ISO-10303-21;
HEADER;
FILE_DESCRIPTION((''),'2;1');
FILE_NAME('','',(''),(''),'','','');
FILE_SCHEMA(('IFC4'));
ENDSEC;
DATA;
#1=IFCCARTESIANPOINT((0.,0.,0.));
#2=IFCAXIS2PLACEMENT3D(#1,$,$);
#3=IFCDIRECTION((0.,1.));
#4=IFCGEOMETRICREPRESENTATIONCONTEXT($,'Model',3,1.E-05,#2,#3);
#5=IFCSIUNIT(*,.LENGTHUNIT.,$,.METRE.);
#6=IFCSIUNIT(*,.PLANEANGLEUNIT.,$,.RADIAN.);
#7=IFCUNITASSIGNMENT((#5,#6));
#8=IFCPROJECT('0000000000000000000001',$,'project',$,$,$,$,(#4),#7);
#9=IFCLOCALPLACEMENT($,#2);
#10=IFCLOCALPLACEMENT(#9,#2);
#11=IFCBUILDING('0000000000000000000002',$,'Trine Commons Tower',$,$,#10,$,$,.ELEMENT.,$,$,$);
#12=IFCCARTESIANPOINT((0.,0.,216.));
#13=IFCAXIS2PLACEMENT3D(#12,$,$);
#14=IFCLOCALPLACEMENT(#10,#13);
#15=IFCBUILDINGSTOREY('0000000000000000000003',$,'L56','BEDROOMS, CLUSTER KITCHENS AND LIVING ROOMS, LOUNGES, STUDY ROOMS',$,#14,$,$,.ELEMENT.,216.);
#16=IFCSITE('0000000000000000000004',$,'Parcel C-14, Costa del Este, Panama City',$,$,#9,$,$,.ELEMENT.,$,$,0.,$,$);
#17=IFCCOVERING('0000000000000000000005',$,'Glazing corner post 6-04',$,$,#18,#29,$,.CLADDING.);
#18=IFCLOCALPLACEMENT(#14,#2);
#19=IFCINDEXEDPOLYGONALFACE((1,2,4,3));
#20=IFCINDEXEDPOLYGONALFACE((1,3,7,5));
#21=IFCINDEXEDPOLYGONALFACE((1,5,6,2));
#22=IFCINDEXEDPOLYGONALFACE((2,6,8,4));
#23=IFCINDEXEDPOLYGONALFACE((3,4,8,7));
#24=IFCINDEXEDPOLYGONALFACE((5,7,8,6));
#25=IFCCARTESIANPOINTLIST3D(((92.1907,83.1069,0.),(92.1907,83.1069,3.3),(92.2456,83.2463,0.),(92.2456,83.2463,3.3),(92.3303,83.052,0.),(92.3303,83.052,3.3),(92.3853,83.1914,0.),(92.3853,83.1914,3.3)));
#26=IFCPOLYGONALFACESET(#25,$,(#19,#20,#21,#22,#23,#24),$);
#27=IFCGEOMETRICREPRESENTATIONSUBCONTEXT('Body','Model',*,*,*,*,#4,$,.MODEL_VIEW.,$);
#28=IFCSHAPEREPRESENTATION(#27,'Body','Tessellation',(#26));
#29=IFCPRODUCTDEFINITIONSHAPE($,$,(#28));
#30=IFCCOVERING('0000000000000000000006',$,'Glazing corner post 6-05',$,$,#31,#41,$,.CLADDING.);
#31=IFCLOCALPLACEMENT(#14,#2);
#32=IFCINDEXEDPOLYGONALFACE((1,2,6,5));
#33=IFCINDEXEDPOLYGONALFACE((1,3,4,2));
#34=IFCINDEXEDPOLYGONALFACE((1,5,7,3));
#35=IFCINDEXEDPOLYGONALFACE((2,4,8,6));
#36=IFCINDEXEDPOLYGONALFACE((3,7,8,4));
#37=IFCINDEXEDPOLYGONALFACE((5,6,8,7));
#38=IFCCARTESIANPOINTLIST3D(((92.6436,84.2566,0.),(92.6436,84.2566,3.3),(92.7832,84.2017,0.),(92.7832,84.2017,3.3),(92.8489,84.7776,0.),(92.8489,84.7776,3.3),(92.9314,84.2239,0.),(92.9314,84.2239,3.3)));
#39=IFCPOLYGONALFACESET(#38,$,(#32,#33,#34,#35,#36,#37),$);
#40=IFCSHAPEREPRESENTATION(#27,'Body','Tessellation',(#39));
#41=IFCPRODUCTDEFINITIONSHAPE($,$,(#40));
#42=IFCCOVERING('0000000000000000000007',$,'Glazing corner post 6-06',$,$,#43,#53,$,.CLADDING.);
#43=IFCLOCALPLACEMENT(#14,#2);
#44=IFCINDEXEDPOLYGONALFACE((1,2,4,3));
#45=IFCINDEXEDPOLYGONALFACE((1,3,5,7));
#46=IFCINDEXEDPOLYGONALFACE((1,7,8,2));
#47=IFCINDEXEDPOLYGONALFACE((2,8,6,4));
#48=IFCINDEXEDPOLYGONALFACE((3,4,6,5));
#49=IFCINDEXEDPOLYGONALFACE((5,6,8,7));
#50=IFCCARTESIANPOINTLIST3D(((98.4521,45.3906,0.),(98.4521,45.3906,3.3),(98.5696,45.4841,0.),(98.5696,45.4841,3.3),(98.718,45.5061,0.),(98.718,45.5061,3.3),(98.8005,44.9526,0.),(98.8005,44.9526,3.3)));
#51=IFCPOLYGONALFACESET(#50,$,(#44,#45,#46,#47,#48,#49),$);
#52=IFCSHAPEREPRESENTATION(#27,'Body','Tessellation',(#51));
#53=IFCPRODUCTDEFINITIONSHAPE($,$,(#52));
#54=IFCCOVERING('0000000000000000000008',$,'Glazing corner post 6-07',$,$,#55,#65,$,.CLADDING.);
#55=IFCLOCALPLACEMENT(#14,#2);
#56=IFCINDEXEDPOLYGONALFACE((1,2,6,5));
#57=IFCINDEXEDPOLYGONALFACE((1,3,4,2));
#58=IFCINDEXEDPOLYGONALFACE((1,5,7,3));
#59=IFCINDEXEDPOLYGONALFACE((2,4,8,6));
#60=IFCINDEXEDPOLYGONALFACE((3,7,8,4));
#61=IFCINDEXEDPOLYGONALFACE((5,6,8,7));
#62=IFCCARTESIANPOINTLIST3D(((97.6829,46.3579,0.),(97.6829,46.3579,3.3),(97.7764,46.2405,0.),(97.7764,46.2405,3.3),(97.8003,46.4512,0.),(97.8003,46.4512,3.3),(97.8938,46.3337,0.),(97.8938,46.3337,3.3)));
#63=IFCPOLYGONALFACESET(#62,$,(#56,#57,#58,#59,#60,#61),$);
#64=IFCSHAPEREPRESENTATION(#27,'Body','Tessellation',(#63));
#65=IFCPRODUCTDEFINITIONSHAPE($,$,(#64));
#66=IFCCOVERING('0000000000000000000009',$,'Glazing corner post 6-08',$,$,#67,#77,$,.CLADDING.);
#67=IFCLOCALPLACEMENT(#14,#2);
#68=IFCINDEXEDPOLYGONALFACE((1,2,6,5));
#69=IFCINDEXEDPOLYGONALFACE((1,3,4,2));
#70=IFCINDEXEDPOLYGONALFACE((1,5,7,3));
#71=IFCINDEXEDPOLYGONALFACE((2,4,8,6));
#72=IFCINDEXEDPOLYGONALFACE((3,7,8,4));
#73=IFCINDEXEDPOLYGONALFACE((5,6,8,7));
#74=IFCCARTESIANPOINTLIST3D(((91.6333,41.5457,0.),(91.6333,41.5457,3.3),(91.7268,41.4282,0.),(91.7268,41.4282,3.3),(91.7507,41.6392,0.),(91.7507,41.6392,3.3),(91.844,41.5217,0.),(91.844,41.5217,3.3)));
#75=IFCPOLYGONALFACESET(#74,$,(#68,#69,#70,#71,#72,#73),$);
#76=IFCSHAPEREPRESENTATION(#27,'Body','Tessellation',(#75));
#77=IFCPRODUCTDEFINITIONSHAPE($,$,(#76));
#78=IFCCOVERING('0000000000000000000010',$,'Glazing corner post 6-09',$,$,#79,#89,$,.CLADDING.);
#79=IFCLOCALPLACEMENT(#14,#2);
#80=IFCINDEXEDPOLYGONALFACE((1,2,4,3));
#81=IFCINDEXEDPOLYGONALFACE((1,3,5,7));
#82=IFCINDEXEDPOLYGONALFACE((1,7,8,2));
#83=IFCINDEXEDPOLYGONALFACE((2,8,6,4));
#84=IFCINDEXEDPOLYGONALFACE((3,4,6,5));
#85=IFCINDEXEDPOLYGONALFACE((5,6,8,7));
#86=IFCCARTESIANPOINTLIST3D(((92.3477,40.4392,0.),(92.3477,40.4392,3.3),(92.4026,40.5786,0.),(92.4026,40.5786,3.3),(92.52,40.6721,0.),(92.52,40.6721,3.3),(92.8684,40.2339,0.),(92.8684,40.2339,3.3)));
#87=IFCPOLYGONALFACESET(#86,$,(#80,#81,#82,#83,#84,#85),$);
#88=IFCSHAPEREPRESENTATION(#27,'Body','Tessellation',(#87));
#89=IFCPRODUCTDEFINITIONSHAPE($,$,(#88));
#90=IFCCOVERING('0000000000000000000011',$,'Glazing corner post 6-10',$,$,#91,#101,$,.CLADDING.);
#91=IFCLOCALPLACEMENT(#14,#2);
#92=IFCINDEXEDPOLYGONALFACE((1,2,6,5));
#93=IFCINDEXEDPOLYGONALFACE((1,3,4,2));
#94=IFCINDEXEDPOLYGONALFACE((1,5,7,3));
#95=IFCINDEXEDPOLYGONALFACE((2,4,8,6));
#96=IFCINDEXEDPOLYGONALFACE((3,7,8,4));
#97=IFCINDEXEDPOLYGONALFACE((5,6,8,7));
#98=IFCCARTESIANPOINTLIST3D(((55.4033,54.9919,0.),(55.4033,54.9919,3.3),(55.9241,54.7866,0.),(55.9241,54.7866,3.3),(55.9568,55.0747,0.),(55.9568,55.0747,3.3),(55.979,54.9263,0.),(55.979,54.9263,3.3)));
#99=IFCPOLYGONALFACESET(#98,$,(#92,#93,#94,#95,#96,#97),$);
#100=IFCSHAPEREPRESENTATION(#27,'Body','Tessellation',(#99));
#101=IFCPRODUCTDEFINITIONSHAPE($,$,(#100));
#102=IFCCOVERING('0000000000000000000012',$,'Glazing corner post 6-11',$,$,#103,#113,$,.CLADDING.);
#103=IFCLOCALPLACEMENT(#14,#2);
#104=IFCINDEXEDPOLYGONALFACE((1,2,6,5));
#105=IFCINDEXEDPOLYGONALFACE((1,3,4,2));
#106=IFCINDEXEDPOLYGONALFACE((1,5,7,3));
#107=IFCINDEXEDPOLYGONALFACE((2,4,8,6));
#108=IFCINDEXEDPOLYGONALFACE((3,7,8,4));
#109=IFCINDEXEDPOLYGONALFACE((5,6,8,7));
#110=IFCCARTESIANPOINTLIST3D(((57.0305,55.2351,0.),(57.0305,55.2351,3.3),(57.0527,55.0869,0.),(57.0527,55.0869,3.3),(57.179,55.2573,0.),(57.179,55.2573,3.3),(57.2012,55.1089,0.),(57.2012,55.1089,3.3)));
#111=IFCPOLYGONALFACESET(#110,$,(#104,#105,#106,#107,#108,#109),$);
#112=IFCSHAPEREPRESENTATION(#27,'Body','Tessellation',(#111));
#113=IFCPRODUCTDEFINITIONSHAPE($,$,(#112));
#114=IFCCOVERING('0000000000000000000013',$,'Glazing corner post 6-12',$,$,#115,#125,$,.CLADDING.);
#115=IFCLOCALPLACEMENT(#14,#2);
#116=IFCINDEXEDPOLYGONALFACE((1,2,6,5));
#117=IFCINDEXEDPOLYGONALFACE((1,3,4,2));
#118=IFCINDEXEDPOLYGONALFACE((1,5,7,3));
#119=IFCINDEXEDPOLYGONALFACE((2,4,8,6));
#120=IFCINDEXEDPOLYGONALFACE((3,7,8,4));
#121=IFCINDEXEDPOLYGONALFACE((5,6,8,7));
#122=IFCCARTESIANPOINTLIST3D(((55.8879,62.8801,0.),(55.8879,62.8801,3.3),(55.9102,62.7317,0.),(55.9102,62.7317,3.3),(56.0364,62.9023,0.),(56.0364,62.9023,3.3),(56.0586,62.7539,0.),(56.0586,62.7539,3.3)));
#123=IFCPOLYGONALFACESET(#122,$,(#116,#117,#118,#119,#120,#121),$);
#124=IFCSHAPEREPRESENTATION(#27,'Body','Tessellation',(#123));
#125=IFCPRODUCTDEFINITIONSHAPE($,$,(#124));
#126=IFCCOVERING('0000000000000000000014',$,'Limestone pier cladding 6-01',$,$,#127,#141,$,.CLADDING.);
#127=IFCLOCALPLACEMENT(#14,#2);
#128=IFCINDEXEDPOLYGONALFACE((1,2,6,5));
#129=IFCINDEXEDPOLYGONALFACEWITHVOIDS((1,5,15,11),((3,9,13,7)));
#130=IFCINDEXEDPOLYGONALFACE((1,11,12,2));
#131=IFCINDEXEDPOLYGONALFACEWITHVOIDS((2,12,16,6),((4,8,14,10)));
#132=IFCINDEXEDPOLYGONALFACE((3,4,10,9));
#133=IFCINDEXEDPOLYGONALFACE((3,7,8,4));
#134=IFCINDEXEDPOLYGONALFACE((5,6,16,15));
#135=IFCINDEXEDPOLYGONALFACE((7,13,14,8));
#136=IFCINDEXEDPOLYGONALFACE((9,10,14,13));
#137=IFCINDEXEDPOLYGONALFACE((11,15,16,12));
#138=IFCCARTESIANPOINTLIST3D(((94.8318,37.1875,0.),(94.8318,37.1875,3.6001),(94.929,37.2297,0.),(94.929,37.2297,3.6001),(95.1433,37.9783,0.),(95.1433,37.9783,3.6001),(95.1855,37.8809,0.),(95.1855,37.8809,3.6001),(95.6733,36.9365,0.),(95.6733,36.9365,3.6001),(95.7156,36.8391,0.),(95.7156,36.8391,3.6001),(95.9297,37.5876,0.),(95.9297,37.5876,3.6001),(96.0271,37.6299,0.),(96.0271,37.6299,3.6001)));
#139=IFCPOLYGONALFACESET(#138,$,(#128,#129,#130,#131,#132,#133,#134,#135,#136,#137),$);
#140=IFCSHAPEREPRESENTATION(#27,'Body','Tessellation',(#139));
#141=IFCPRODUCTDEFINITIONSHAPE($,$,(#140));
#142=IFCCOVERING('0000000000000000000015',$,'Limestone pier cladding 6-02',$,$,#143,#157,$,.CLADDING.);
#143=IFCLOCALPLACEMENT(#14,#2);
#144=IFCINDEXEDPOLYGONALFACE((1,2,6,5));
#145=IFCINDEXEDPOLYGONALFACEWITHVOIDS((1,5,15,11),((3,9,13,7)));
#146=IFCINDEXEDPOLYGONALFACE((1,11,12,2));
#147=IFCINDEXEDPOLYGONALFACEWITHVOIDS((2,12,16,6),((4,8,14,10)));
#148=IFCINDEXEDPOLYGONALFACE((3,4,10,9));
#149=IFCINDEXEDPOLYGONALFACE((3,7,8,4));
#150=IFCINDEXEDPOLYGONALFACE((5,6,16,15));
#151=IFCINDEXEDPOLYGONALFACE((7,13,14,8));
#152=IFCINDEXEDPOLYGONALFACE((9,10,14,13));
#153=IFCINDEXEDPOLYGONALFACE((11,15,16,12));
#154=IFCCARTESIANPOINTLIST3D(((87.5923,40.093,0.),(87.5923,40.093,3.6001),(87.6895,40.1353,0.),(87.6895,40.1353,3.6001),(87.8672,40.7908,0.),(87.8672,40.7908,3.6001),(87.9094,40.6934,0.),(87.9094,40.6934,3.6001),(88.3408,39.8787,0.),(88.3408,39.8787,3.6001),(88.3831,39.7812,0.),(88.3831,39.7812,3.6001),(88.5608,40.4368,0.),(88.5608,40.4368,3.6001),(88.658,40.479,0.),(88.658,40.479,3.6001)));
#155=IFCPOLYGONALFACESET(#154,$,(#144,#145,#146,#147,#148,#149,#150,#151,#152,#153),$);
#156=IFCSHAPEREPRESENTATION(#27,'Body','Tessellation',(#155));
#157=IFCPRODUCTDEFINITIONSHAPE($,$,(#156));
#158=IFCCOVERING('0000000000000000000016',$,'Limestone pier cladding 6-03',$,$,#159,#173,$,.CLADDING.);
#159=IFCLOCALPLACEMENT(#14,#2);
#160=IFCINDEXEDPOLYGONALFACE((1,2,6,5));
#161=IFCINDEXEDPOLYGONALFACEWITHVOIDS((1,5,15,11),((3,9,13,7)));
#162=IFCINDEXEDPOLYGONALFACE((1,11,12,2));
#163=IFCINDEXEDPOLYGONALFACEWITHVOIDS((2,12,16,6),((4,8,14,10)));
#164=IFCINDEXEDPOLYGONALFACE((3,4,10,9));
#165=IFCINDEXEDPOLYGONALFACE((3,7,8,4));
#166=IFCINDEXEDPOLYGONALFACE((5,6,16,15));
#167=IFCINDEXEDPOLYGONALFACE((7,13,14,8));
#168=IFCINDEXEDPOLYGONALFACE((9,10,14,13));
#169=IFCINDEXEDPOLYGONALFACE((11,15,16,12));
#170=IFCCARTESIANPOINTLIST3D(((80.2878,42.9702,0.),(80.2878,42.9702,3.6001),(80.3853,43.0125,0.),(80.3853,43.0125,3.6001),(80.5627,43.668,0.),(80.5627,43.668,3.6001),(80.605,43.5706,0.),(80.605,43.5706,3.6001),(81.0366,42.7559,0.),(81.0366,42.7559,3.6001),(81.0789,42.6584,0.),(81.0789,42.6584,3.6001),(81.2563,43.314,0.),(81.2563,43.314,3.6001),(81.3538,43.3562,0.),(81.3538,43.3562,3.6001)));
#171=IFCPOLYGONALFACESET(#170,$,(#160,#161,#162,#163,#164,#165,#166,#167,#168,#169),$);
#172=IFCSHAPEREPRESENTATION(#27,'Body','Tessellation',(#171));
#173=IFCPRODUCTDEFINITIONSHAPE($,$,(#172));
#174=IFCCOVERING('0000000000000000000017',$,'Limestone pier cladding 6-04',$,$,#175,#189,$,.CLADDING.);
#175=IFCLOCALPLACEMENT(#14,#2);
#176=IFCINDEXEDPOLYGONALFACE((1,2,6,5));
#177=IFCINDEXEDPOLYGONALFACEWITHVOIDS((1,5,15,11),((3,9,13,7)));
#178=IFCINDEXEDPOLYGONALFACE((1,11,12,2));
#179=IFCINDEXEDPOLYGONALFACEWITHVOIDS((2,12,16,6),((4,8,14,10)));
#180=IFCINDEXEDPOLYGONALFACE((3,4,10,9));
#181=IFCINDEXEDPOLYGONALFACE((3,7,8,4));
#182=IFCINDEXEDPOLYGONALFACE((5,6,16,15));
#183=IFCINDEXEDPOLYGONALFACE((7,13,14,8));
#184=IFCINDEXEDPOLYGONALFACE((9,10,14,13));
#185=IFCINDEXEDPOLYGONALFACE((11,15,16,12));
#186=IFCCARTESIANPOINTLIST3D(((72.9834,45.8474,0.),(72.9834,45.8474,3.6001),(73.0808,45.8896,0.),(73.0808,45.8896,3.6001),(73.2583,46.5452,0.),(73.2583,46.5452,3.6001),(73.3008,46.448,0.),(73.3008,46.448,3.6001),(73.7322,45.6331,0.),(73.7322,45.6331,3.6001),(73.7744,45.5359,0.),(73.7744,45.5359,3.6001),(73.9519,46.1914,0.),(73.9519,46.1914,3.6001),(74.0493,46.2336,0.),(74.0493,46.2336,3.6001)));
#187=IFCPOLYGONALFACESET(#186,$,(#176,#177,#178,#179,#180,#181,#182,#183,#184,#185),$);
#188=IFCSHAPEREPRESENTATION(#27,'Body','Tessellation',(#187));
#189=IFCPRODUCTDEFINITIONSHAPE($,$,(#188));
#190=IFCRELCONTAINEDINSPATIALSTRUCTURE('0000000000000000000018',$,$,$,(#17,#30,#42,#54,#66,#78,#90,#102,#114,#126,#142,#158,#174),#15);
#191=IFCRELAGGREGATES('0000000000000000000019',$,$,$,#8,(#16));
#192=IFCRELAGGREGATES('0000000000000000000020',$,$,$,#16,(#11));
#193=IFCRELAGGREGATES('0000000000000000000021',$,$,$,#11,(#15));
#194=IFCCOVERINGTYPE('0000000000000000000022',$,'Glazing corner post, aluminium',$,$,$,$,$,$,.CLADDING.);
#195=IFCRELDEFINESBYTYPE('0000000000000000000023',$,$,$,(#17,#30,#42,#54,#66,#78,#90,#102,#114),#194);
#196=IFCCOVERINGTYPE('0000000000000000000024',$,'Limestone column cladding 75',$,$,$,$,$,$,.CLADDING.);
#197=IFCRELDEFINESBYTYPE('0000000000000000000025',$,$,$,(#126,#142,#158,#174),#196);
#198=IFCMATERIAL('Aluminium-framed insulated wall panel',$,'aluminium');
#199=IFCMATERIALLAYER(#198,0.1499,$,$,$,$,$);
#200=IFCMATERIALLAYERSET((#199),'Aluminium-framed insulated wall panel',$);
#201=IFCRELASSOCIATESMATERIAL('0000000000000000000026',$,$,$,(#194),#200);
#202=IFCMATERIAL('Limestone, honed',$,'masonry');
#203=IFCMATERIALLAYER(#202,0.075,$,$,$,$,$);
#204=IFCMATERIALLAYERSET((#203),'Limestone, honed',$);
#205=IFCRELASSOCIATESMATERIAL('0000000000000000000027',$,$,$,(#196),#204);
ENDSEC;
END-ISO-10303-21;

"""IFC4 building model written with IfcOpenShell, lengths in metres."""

from ifc_helpers import new_model, si_unit, direction, frame, origin, place, context, subcontext, project, spatial, polyline, outline, extrude, material, layer, layer_set, type_object, element, save


model = new_model("IFC4")

# Units and contexts
model_context = context("Model", 3, precision=1e-05, world=origin(), true_north=direction((0.0, 1.0)))
body_context = subcontext(model_context, "Body", "Model", "MODEL_VIEW")
ifc_project = project(units=[si_unit("LENGTHUNIT", "METRE"), si_unit("PLANEANGLEUNIT", "RADIAN")], contexts=[model_context])

# Site, building, storey
site_placement = place(None, origin())
site = spatial("IfcSite", under=ifc_project, at=site_placement, Name="Parcel C-14, Costa del Este, Panama City", CompositionType="ELEMENT", RefElevation=0.0)
building_placement = place(site_placement, origin())
building = spatial("IfcBuilding", under=site, at=building_placement, Name="Trine Commons Tower", CompositionType="ELEMENT")
storey_placement = place(building_placement, frame((0.0, 0.0, 216.0)))
storey = spatial("IfcBuildingStorey", under=building, at=storey_placement, Name="L56", Description="BEDROOMS, CLUSTER KITCHENS AND LIVING ROOMS, LOUNGES, STUDY ROOMS", CompositionType="ELEMENT", Elevation=216.0)

# Coverings
ifc_material_1 = material(Name="Aluminium-framed insulated wall panel", Category="aluminium")
ifc_layer_1 = layer(ifc_material_1, 0.1499)
ifc_layer_set_1 = layer_set([ifc_layer_1], Name="Aluminium-framed insulated wall panel")
covering_type_1 = type_object("IfcCoveringType", Name="Glazing corner post, aluminium", PredefinedType="CLADDING", material=ifc_layer_set_1)
covering_1_placement = place(storey_placement, origin())
element("IfcCovering", 1, at=covering_1_placement, inside=storey, type_object=covering_type_1, Name="Glazing corner post 6-04", PredefinedType="CLADDING", context=body_context, shape_type="SweptSolid", body=[
    extrude(outline(polyline([(92.1907, 83.1069), (92.3303, 83.052), (92.3853, 83.1914), (92.2456, 83.2463), (92.1907, 83.1069)])), origin(), (0.0, 0.0, 1.0), 3.3),
])
covering_2_placement = place(storey_placement, origin())
element("IfcCovering", 2, at=covering_2_placement, inside=storey, type_object=covering_type_1, Name="Glazing corner post 6-05", PredefinedType="CLADDING", context=body_context, shape_type="SweptSolid", body=[
    extrude(outline(polyline([(92.6436, 84.2566), (92.7832, 84.2017), (92.9314, 84.2239), (92.8489, 84.7776), (92.6436, 84.2566)])), origin(), (0.0, 0.0, 1.0), 3.3),
])
covering_3_placement = place(storey_placement, origin())
element("IfcCovering", 3, at=covering_3_placement, inside=storey, type_object=covering_type_1, Name="Glazing corner post 6-06", PredefinedType="CLADDING", context=body_context, shape_type="SweptSolid", body=[
    extrude(outline(polyline([(98.4521, 45.3906), (98.8005, 44.9526), (98.718, 45.5061), (98.5696, 45.4841), (98.4521, 45.3906)])), origin(), (0.0, 0.0, 1.0), 3.3),
])
covering_4_placement = place(storey_placement, origin())
element("IfcCovering", 4, at=covering_4_placement, inside=storey, type_object=covering_type_1, Name="Glazing corner post 6-07", PredefinedType="CLADDING", context=body_context, shape_type="SweptSolid", body=[
    extrude(outline(polyline([(97.6829, 46.3579), (97.7764, 46.2405), (97.7764, 46.2405), (97.8938, 46.3337), (97.8003, 46.4512), (97.8003, 46.4512), (97.6829, 46.3579)])), origin(), (0.0, 0.0, 1.0), 3.3),
])
covering_5_placement = place(storey_placement, origin())
element("IfcCovering", 5, at=covering_5_placement, inside=storey, type_object=covering_type_1, Name="Glazing corner post 6-08", PredefinedType="CLADDING", context=body_context, shape_type="SweptSolid", body=[
    extrude(outline(polyline([(91.7268, 41.4282), (91.844, 41.5217), (91.7507, 41.6392), (91.6333, 41.5457), (91.7268, 41.4282)])), origin(), (0.0, 0.0, 1.0), 3.3),
])
covering_6_placement = place(storey_placement, origin())
element("IfcCovering", 6, at=covering_6_placement, inside=storey, type_object=covering_type_1, Name="Glazing corner post 6-09", PredefinedType="CLADDING", context=body_context, shape_type="SweptSolid", body=[
    extrude(outline(polyline([(92.3477, 40.4392), (92.8684, 40.2339), (92.52, 40.6721), (92.4026, 40.5786), (92.3477, 40.4392)])), origin(), (0.0, 0.0, 1.0), 3.3),
])
covering_7_placement = place(storey_placement, origin())
element("IfcCovering", 7, at=covering_7_placement, inside=storey, type_object=covering_type_1, Name="Glazing corner post 6-10", PredefinedType="CLADDING", context=body_context, shape_type="SweptSolid", body=[
    extrude(outline(polyline([(55.9241, 54.7866), (55.979, 54.9263), (55.9568, 55.0747), (55.4033, 54.9919), (55.9241, 54.7866)])), origin(), (0.0, 0.0, 1.0), 3.3),
])
covering_8_placement = place(storey_placement, origin())
element("IfcCovering", 8, at=covering_8_placement, inside=storey, type_object=covering_type_1, Name="Glazing corner post 6-11", PredefinedType="CLADDING", context=body_context, shape_type="SweptSolid", body=[
    extrude(outline(polyline([(57.0305, 55.2351), (57.0527, 55.0869), (57.2012, 55.1089), (57.179, 55.2573), (57.0305, 55.2351)])), origin(), (0.0, 0.0, 1.0), 3.3),
])
covering_9_placement = place(storey_placement, origin())
element("IfcCovering", 9, at=covering_9_placement, inside=storey, type_object=covering_type_1, Name="Glazing corner post 6-12", PredefinedType="CLADDING", context=body_context, shape_type="SweptSolid", body=[
    extrude(outline(polyline([(55.9102, 62.7317), (55.9102, 62.7317), (56.0586, 62.7539), (56.0364, 62.9023), (55.8879, 62.8801), (55.9102, 62.7317)])), origin(), (0.0, 0.0, 1.0), 3.3),
])
ifc_material_2 = material(Name="Limestone, honed", Category="masonry")
ifc_layer_2 = layer(ifc_material_2, 0.075)
ifc_layer_set_2 = layer_set([ifc_layer_2], Name="Limestone, honed")
covering_type_2 = type_object("IfcCoveringType", Name="Limestone column cladding 75", PredefinedType="CLADDING", material=ifc_layer_set_2)
covering_10_placement = place(storey_placement, origin())
element("IfcCovering", 10, at=covering_10_placement, inside=storey, type_object=covering_type_2, Name="Limestone pier cladding 6-01", PredefinedType="CLADDING", context=body_context, shape_type="SweptSolid", body=[
    extrude(outline(polyline([(95.1433, 37.9783), (94.8318, 37.1875), (95.7156, 36.8391), (96.0271, 37.6299), (95.1433, 37.9783)]), holes=[polyline([(95.1855, 37.8809), (94.929, 37.2297), (95.6733, 36.9365), (95.9297, 37.5876), (95.1855, 37.8809)])]), origin(), (0.0, 0.0, 1.0), 3.6001),
])
covering_11_placement = place(storey_placement, origin())
element("IfcCovering", 11, at=covering_11_placement, inside=storey, type_object=covering_type_2, Name="Limestone pier cladding 6-02", PredefinedType="CLADDING", context=body_context, shape_type="SweptSolid", body=[
    extrude(outline(polyline([(87.8672, 40.7908), (87.5923, 40.093), (88.3831, 39.7812), (88.658, 40.479), (87.8672, 40.7908)]), holes=[polyline([(87.9094, 40.6934), (87.6895, 40.1353), (88.3408, 39.8787), (88.5608, 40.4368), (87.9094, 40.6934)])]), origin(), (0.0, 0.0, 1.0), 3.6001),
])
covering_12_placement = place(storey_placement, origin())
element("IfcCovering", 12, at=covering_12_placement, inside=storey, type_object=covering_type_2, Name="Limestone pier cladding 6-03", PredefinedType="CLADDING", context=body_context, shape_type="SweptSolid", body=[
    extrude(outline(polyline([(80.5627, 43.668), (80.2878, 42.9702), (81.0789, 42.6584), (81.3538, 43.3562), (80.5627, 43.668)]), holes=[polyline([(80.605, 43.5706), (80.3853, 43.0125), (81.0366, 42.7559), (81.2563, 43.314), (80.605, 43.5706)])]), origin(), (0.0, 0.0, 1.0), 3.6001),
])
covering_13_placement = place(storey_placement, origin())
element("IfcCovering", 13, at=covering_13_placement, inside=storey, type_object=covering_type_2, Name="Limestone pier cladding 6-04", PredefinedType="CLADDING", context=body_context, shape_type="SweptSolid", body=[
    extrude(outline(polyline([(73.2583, 46.5452), (72.9834, 45.8474), (73.7744, 45.5359), (74.0493, 46.2336), (73.2583, 46.5452)]), holes=[polyline([(73.3008, 46.448), (73.0808, 45.8896), (73.7322, 45.6331), (73.9519, 46.1914), (73.3008, 46.448)])]), origin(), (0.0, 0.0, 1.0), 3.6001),
])

save(model, "model.ifc")
